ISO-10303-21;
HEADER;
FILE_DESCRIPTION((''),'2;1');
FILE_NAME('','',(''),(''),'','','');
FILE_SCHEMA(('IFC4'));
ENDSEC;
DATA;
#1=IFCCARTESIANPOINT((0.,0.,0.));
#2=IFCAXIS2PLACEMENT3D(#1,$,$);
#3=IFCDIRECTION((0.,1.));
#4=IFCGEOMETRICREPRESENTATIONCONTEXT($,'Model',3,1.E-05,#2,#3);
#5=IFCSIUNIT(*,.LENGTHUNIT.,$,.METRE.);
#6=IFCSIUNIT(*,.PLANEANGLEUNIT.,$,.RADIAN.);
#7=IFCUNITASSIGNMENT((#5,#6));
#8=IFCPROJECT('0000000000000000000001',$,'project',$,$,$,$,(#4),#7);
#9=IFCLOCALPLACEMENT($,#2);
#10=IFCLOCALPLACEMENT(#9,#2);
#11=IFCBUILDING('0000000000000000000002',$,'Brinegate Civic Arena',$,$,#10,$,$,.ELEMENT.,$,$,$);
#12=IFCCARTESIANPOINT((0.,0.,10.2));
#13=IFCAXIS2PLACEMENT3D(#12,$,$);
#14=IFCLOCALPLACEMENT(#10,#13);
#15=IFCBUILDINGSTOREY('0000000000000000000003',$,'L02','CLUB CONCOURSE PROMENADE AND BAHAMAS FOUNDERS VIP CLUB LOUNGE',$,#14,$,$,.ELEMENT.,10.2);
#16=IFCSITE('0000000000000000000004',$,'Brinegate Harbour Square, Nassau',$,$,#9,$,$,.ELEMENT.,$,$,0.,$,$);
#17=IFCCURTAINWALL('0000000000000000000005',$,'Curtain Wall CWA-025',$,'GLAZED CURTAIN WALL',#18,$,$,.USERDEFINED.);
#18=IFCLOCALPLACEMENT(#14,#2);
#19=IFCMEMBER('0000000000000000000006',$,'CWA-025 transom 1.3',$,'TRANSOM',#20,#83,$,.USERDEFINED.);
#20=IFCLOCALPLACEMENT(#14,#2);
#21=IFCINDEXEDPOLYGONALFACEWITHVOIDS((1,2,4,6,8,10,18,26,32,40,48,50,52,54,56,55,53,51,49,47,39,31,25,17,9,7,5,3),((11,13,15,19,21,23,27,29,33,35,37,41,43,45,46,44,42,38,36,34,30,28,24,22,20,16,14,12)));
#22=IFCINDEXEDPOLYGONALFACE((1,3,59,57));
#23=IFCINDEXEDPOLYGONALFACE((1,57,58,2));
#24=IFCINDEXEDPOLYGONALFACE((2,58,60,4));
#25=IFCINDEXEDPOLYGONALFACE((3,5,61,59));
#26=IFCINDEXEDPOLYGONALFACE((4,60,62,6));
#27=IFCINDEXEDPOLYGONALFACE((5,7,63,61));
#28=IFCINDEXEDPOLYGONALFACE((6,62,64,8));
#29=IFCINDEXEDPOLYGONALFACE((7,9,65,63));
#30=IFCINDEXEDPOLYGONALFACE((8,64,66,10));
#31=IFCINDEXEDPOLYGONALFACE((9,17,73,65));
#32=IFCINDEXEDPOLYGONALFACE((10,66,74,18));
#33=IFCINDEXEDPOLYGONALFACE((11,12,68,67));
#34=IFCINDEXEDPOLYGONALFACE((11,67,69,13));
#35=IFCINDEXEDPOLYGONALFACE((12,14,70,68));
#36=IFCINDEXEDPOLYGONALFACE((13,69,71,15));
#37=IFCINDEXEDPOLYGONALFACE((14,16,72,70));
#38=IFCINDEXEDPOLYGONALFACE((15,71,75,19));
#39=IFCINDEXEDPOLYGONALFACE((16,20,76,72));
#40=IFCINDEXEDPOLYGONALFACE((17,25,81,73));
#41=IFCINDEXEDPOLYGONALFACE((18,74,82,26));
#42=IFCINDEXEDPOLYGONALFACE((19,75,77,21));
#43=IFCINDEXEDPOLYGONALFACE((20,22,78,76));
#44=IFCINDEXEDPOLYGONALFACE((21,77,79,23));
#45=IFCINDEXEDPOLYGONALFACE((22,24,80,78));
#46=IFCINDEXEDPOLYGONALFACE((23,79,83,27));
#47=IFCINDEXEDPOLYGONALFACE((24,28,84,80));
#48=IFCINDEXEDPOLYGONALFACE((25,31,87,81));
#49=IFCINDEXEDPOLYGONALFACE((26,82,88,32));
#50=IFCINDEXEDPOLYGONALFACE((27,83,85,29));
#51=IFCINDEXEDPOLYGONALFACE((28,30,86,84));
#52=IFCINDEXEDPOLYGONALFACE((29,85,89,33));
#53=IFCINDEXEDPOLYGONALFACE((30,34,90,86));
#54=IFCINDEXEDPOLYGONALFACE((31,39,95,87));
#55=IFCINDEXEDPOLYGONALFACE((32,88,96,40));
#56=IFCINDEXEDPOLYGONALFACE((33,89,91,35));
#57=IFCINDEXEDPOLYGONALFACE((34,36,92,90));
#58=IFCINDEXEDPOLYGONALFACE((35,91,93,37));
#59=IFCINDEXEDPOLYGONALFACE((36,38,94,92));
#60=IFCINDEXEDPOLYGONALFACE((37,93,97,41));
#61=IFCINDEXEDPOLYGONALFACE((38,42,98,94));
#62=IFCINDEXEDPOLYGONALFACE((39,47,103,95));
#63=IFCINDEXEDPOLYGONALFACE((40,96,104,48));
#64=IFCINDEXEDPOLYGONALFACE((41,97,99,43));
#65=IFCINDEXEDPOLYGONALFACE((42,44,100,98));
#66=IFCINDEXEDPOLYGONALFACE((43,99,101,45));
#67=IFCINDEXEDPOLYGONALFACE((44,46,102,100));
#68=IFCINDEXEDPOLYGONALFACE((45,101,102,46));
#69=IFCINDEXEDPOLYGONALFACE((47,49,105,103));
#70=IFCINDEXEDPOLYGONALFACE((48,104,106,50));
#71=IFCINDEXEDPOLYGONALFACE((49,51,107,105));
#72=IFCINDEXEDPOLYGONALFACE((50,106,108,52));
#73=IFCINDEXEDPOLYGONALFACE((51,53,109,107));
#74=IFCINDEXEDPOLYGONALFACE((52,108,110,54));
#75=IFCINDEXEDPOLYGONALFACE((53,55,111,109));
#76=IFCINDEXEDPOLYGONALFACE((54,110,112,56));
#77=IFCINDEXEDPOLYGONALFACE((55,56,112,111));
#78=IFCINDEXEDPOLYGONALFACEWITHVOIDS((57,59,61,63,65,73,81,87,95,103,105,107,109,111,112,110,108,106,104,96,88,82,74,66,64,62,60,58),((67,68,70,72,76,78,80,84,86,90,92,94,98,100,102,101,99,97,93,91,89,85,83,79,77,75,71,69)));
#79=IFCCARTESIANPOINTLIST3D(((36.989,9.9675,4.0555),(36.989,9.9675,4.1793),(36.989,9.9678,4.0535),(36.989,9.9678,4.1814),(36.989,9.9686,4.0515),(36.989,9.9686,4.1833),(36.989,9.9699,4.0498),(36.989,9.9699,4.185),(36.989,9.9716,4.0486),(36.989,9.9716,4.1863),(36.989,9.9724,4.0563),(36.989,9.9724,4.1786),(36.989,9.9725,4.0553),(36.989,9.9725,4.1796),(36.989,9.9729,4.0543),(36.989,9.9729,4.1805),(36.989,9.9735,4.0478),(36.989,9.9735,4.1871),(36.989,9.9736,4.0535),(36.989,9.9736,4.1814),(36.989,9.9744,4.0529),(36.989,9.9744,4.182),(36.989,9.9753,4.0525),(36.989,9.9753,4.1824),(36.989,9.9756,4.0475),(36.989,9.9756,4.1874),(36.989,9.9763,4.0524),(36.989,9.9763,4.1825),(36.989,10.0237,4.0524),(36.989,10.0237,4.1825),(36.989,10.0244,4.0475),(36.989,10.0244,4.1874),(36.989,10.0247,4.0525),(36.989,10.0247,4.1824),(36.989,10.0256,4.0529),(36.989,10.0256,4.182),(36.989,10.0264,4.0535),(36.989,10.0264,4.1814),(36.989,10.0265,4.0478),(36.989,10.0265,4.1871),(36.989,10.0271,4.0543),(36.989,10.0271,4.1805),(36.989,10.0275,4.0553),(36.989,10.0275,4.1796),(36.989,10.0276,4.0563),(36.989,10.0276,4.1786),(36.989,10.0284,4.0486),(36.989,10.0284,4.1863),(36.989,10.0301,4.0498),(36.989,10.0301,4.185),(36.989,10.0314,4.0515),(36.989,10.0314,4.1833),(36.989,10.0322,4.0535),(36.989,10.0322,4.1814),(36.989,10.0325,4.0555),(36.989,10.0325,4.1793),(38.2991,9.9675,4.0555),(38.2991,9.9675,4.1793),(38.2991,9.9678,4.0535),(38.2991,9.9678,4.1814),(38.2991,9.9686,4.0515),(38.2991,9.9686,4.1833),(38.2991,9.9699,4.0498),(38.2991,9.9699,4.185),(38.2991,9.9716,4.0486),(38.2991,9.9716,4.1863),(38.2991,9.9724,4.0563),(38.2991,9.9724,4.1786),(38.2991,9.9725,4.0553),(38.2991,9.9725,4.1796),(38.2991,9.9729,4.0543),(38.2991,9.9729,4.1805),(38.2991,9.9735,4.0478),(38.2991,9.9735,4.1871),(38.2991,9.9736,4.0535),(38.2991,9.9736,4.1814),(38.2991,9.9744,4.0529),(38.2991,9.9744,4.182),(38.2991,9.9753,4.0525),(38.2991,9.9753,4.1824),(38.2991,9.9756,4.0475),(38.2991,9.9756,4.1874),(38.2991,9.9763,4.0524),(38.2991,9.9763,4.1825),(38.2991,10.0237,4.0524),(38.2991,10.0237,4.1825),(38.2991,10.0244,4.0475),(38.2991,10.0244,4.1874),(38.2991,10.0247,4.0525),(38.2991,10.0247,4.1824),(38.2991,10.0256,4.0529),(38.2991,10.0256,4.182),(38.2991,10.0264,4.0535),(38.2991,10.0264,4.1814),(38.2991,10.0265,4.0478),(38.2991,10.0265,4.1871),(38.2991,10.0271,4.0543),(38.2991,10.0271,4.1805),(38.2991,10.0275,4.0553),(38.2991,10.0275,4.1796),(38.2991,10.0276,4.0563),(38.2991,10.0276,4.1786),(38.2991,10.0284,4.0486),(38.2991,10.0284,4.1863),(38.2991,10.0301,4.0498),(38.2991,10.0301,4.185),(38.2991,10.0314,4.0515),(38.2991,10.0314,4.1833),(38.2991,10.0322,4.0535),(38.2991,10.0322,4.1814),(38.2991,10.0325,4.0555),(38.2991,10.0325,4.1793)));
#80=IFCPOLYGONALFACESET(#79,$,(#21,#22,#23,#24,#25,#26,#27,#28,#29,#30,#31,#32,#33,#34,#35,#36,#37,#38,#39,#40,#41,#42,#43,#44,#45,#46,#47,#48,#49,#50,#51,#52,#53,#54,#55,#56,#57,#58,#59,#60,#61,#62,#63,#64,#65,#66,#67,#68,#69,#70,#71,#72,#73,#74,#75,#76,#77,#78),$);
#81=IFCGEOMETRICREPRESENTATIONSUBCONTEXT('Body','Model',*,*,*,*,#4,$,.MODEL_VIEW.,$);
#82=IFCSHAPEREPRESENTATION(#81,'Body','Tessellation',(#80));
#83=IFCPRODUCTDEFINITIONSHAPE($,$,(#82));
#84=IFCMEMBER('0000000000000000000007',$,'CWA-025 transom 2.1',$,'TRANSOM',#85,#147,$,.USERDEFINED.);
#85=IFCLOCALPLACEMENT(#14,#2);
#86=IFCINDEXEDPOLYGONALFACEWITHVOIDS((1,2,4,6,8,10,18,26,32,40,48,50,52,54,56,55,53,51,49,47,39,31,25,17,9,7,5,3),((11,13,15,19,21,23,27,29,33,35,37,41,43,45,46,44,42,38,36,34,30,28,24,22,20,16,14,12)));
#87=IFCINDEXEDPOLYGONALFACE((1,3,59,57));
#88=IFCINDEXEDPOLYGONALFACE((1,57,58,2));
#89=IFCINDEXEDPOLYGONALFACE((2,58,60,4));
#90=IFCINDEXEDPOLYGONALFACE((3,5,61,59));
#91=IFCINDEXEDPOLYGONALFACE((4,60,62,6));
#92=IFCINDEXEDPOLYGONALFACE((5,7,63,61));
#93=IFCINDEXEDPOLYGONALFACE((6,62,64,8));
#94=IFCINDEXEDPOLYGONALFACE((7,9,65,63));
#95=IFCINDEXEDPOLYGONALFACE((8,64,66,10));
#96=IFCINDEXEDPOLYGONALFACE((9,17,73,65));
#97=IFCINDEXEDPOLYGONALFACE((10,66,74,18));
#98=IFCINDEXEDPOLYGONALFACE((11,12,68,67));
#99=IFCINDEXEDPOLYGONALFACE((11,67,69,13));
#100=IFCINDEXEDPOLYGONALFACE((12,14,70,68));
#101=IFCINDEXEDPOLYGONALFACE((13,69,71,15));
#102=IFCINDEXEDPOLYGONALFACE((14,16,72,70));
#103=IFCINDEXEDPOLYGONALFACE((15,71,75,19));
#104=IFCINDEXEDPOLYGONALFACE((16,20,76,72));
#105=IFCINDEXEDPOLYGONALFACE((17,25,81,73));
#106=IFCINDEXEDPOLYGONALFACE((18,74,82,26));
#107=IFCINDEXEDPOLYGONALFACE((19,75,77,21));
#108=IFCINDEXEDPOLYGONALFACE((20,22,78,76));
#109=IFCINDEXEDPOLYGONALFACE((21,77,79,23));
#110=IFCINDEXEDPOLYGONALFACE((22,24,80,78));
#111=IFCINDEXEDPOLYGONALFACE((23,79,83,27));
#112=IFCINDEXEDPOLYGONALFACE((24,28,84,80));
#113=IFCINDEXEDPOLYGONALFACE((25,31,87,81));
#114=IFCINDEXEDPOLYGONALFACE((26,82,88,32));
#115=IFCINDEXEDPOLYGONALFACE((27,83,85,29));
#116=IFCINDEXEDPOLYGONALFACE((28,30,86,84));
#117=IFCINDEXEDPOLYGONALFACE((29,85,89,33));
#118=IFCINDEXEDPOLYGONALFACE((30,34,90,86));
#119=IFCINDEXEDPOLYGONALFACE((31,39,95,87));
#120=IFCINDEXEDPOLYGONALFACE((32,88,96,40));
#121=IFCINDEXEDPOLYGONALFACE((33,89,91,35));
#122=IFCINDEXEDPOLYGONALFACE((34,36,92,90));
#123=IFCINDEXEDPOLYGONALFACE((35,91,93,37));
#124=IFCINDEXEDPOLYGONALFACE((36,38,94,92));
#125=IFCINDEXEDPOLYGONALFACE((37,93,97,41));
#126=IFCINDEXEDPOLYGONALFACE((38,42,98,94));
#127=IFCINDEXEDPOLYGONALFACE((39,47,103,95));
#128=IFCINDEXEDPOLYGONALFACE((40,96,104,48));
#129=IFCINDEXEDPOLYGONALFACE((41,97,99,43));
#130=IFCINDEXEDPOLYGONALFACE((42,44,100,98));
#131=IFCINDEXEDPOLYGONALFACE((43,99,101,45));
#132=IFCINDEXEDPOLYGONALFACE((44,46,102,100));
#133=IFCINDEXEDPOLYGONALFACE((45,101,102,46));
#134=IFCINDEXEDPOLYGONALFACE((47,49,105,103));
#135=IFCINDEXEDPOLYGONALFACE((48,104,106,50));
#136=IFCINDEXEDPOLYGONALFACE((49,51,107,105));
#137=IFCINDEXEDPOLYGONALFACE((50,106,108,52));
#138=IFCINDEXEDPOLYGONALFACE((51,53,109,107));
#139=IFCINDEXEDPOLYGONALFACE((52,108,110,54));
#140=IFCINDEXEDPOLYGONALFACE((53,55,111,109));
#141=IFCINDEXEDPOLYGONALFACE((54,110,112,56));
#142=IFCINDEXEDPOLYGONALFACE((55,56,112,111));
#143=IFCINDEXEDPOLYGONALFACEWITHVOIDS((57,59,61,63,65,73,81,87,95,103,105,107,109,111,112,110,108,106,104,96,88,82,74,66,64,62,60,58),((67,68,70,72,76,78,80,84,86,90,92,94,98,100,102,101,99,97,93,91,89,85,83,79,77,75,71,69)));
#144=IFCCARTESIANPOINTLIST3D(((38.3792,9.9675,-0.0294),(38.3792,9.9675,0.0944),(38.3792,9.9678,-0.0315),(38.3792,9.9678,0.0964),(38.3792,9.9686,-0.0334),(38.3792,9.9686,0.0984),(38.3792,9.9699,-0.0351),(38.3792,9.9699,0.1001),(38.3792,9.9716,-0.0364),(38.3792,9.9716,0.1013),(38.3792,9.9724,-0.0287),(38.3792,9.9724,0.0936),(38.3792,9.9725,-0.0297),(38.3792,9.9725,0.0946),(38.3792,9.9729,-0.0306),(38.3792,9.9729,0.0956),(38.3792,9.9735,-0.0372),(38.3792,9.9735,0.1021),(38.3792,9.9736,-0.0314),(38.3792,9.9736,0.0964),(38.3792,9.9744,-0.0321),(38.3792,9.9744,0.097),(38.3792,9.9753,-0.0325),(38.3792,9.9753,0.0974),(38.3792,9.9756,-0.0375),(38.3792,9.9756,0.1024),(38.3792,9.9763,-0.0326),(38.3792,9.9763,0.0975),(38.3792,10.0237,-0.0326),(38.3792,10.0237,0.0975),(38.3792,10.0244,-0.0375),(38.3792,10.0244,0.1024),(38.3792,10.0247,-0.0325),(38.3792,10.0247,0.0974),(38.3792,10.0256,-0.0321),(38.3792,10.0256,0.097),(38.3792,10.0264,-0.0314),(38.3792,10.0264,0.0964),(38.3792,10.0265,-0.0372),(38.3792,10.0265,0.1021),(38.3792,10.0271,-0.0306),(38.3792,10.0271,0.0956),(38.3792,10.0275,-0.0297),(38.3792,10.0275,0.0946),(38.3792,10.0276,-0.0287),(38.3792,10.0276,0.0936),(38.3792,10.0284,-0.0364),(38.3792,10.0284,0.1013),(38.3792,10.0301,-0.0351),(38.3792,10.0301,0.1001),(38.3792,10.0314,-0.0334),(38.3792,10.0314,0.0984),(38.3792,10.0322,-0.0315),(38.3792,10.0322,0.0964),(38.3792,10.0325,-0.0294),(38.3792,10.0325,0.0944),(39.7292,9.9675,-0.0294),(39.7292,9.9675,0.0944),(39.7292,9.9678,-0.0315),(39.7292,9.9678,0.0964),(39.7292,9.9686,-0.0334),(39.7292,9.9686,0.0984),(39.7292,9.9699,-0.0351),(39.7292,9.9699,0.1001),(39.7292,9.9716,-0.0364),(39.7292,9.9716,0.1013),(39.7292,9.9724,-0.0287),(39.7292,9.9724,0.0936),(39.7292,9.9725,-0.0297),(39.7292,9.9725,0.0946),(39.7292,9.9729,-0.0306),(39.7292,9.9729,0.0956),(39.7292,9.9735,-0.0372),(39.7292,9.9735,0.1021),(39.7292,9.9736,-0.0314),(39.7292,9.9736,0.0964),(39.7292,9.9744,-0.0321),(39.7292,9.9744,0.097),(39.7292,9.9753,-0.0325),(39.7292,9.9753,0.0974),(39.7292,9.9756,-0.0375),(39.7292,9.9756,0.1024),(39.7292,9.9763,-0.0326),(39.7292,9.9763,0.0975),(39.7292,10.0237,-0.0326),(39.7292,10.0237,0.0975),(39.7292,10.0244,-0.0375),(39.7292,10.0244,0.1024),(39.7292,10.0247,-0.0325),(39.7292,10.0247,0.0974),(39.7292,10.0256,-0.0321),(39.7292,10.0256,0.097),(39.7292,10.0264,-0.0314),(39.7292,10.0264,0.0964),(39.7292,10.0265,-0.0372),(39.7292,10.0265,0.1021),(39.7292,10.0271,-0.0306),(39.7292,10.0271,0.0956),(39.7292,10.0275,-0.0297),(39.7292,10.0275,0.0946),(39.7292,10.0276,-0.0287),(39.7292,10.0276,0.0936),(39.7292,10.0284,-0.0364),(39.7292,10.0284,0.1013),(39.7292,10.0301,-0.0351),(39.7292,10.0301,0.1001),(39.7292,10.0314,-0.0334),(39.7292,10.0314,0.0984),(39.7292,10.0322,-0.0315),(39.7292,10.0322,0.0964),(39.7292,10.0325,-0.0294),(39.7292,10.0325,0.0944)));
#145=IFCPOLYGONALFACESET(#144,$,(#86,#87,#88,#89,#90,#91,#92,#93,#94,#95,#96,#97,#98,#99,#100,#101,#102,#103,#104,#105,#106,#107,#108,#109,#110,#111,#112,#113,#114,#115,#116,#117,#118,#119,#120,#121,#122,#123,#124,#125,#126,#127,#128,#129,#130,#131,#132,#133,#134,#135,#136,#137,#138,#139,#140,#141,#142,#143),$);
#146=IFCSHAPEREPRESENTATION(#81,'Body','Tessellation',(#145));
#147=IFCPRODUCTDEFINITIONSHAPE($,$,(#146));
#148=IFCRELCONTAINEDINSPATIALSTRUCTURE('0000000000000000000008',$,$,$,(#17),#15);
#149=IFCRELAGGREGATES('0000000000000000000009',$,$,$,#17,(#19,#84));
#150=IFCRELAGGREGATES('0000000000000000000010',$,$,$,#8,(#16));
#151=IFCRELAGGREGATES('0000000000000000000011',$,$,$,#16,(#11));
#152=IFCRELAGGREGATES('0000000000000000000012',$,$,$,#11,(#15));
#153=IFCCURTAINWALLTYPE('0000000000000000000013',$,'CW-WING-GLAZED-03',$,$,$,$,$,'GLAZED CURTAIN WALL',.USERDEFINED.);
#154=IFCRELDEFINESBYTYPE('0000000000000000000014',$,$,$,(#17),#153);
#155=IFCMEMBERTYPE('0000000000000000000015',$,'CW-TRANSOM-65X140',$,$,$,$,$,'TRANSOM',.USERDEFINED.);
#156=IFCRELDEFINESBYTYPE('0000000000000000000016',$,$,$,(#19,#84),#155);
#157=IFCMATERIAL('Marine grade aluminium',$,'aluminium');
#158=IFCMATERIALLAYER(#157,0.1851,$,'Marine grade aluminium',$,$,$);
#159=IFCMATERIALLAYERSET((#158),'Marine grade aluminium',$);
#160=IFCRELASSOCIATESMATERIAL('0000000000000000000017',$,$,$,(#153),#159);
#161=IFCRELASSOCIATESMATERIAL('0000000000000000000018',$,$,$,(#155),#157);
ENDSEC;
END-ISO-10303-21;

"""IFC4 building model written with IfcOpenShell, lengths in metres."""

from ifc_helpers import new_model, si_unit, direction, frame, origin, origin_2d, place, context, subcontext, project, spatial, hollow_rectangle, extrude, material, layer, layer_set, material_profile, profile_set, type_object, element, aggregate, save


model = new_model("IFC4")

# Units and contexts
model_context = context("Model", 3, precision=1e-05, world=origin(), true_north=direction((0.0, 1.0)))
body_context = subcontext(model_context, "Body", "Model", "MODEL_VIEW")
ifc_project = project(units=[si_unit("LENGTHUNIT", "METRE"), si_unit("PLANEANGLEUNIT", "RADIAN")], contexts=[model_context])

# Site, building, storey
site_placement = place(None, origin())
site = spatial("IfcSite", under=ifc_project, at=site_placement, Name="Brinegate Harbour Square, Nassau", CompositionType="ELEMENT", RefElevation=0.0)
building_placement = place(site_placement, origin())
building = spatial("IfcBuilding", under=site, at=building_placement, Name="Brinegate Civic Arena", CompositionType="ELEMENT")
storey_placement = place(building_placement, frame((0.0, 0.0, 10.2)))
storey = spatial("IfcBuildingStorey", under=building, at=storey_placement, Name="L02", Description="CLUB CONCOURSE PROMENADE AND BAHAMAS FOUNDERS VIP CLUB LOUNGE", CompositionType="ELEMENT", Elevation=10.2)

# Curtain wall, members
ifc_material_1 = material(Name="Marine grade aluminium", Category="aluminium")
ifc_layer_1 = layer(ifc_material_1, 0.1851, Name="Marine grade aluminium")
ifc_layer_set_1 = layer_set([ifc_layer_1], Name="Marine grade aluminium")
curtain_wall_type = type_object("IfcCurtainWallType", Name="CW-WING-GLAZED-03", ElementType="GLAZED CURTAIN WALL", PredefinedType="USERDEFINED", material=ifc_layer_set_1)
curtain_wall_1_placement = place(storey_placement, origin())
curtain_wall_1 = element("IfcCurtainWall", 1, at=curtain_wall_1_placement, inside=storey, type_object=curtain_wall_type, Name="Curtain Wall CWA-025", ObjectType="GLAZED CURTAIN WALL", PredefinedType="USERDEFINED")
ifc_material_profile_1 = material_profile(ifc_material_1, hollow_rectangle(XDim=0.0649, YDim=0.1399, WallThickness=0.0049, InnerFilletRadius=0.0039, OuterFilletRadius=0.0081, at=origin_2d()), Name="TRN65X140")
ifc_profile_set_1 = profile_set([ifc_material_profile_1], Name="Marine grade aluminium")
member_type_1 = type_object("IfcMemberType", Name="CW-TRANSOM-65X140", ElementType="TRANSOM", PredefinedType="USERDEFINED", material=ifc_profile_set_1)
member_1_placement = place(storey_placement, frame((36.989, 10.0, 4.1174), z_axis=(1.0, 0.0, 0.0), x_axis=(0.0, 1.0, 0.0)))
member_1 = element("IfcMember", 2, at=member_1_placement, type_object=member_type_1, Name="CWA-025 transom 1.3", ObjectType="TRANSOM", PredefinedType="USERDEFINED", context=body_context, shape_type="SweptSolid", body=[
    extrude(hollow_rectangle(XDim=0.0649, YDim=0.1399, WallThickness=0.0049, InnerFilletRadius=0.0039, OuterFilletRadius=0.0081, at=origin_2d()), origin(), (0.0, 0.0, 1.0), 1.3101),
])
member_2_placement = place(storey_placement, frame((38.3792, 10.0, 0.0325), z_axis=(1.0, 0.0, 0.0), x_axis=(0.0, 1.0, 0.0)))
member_2 = element("IfcMember", 3, at=member_2_placement, type_object=member_type_1, Name="CWA-025 transom 2.1", ObjectType="TRANSOM", PredefinedType="USERDEFINED", context=body_context, shape_type="SweptSolid", body=[
    extrude(hollow_rectangle(XDim=0.0649, YDim=0.1399, WallThickness=0.0049, InnerFilletRadius=0.0039, OuterFilletRadius=0.0081, at=origin_2d()), origin(), (0.0, 0.0, 1.0), 1.3501),
])

aggregate(curtain_wall_1, [member_1, member_2])

save(model, "model.ifc")
